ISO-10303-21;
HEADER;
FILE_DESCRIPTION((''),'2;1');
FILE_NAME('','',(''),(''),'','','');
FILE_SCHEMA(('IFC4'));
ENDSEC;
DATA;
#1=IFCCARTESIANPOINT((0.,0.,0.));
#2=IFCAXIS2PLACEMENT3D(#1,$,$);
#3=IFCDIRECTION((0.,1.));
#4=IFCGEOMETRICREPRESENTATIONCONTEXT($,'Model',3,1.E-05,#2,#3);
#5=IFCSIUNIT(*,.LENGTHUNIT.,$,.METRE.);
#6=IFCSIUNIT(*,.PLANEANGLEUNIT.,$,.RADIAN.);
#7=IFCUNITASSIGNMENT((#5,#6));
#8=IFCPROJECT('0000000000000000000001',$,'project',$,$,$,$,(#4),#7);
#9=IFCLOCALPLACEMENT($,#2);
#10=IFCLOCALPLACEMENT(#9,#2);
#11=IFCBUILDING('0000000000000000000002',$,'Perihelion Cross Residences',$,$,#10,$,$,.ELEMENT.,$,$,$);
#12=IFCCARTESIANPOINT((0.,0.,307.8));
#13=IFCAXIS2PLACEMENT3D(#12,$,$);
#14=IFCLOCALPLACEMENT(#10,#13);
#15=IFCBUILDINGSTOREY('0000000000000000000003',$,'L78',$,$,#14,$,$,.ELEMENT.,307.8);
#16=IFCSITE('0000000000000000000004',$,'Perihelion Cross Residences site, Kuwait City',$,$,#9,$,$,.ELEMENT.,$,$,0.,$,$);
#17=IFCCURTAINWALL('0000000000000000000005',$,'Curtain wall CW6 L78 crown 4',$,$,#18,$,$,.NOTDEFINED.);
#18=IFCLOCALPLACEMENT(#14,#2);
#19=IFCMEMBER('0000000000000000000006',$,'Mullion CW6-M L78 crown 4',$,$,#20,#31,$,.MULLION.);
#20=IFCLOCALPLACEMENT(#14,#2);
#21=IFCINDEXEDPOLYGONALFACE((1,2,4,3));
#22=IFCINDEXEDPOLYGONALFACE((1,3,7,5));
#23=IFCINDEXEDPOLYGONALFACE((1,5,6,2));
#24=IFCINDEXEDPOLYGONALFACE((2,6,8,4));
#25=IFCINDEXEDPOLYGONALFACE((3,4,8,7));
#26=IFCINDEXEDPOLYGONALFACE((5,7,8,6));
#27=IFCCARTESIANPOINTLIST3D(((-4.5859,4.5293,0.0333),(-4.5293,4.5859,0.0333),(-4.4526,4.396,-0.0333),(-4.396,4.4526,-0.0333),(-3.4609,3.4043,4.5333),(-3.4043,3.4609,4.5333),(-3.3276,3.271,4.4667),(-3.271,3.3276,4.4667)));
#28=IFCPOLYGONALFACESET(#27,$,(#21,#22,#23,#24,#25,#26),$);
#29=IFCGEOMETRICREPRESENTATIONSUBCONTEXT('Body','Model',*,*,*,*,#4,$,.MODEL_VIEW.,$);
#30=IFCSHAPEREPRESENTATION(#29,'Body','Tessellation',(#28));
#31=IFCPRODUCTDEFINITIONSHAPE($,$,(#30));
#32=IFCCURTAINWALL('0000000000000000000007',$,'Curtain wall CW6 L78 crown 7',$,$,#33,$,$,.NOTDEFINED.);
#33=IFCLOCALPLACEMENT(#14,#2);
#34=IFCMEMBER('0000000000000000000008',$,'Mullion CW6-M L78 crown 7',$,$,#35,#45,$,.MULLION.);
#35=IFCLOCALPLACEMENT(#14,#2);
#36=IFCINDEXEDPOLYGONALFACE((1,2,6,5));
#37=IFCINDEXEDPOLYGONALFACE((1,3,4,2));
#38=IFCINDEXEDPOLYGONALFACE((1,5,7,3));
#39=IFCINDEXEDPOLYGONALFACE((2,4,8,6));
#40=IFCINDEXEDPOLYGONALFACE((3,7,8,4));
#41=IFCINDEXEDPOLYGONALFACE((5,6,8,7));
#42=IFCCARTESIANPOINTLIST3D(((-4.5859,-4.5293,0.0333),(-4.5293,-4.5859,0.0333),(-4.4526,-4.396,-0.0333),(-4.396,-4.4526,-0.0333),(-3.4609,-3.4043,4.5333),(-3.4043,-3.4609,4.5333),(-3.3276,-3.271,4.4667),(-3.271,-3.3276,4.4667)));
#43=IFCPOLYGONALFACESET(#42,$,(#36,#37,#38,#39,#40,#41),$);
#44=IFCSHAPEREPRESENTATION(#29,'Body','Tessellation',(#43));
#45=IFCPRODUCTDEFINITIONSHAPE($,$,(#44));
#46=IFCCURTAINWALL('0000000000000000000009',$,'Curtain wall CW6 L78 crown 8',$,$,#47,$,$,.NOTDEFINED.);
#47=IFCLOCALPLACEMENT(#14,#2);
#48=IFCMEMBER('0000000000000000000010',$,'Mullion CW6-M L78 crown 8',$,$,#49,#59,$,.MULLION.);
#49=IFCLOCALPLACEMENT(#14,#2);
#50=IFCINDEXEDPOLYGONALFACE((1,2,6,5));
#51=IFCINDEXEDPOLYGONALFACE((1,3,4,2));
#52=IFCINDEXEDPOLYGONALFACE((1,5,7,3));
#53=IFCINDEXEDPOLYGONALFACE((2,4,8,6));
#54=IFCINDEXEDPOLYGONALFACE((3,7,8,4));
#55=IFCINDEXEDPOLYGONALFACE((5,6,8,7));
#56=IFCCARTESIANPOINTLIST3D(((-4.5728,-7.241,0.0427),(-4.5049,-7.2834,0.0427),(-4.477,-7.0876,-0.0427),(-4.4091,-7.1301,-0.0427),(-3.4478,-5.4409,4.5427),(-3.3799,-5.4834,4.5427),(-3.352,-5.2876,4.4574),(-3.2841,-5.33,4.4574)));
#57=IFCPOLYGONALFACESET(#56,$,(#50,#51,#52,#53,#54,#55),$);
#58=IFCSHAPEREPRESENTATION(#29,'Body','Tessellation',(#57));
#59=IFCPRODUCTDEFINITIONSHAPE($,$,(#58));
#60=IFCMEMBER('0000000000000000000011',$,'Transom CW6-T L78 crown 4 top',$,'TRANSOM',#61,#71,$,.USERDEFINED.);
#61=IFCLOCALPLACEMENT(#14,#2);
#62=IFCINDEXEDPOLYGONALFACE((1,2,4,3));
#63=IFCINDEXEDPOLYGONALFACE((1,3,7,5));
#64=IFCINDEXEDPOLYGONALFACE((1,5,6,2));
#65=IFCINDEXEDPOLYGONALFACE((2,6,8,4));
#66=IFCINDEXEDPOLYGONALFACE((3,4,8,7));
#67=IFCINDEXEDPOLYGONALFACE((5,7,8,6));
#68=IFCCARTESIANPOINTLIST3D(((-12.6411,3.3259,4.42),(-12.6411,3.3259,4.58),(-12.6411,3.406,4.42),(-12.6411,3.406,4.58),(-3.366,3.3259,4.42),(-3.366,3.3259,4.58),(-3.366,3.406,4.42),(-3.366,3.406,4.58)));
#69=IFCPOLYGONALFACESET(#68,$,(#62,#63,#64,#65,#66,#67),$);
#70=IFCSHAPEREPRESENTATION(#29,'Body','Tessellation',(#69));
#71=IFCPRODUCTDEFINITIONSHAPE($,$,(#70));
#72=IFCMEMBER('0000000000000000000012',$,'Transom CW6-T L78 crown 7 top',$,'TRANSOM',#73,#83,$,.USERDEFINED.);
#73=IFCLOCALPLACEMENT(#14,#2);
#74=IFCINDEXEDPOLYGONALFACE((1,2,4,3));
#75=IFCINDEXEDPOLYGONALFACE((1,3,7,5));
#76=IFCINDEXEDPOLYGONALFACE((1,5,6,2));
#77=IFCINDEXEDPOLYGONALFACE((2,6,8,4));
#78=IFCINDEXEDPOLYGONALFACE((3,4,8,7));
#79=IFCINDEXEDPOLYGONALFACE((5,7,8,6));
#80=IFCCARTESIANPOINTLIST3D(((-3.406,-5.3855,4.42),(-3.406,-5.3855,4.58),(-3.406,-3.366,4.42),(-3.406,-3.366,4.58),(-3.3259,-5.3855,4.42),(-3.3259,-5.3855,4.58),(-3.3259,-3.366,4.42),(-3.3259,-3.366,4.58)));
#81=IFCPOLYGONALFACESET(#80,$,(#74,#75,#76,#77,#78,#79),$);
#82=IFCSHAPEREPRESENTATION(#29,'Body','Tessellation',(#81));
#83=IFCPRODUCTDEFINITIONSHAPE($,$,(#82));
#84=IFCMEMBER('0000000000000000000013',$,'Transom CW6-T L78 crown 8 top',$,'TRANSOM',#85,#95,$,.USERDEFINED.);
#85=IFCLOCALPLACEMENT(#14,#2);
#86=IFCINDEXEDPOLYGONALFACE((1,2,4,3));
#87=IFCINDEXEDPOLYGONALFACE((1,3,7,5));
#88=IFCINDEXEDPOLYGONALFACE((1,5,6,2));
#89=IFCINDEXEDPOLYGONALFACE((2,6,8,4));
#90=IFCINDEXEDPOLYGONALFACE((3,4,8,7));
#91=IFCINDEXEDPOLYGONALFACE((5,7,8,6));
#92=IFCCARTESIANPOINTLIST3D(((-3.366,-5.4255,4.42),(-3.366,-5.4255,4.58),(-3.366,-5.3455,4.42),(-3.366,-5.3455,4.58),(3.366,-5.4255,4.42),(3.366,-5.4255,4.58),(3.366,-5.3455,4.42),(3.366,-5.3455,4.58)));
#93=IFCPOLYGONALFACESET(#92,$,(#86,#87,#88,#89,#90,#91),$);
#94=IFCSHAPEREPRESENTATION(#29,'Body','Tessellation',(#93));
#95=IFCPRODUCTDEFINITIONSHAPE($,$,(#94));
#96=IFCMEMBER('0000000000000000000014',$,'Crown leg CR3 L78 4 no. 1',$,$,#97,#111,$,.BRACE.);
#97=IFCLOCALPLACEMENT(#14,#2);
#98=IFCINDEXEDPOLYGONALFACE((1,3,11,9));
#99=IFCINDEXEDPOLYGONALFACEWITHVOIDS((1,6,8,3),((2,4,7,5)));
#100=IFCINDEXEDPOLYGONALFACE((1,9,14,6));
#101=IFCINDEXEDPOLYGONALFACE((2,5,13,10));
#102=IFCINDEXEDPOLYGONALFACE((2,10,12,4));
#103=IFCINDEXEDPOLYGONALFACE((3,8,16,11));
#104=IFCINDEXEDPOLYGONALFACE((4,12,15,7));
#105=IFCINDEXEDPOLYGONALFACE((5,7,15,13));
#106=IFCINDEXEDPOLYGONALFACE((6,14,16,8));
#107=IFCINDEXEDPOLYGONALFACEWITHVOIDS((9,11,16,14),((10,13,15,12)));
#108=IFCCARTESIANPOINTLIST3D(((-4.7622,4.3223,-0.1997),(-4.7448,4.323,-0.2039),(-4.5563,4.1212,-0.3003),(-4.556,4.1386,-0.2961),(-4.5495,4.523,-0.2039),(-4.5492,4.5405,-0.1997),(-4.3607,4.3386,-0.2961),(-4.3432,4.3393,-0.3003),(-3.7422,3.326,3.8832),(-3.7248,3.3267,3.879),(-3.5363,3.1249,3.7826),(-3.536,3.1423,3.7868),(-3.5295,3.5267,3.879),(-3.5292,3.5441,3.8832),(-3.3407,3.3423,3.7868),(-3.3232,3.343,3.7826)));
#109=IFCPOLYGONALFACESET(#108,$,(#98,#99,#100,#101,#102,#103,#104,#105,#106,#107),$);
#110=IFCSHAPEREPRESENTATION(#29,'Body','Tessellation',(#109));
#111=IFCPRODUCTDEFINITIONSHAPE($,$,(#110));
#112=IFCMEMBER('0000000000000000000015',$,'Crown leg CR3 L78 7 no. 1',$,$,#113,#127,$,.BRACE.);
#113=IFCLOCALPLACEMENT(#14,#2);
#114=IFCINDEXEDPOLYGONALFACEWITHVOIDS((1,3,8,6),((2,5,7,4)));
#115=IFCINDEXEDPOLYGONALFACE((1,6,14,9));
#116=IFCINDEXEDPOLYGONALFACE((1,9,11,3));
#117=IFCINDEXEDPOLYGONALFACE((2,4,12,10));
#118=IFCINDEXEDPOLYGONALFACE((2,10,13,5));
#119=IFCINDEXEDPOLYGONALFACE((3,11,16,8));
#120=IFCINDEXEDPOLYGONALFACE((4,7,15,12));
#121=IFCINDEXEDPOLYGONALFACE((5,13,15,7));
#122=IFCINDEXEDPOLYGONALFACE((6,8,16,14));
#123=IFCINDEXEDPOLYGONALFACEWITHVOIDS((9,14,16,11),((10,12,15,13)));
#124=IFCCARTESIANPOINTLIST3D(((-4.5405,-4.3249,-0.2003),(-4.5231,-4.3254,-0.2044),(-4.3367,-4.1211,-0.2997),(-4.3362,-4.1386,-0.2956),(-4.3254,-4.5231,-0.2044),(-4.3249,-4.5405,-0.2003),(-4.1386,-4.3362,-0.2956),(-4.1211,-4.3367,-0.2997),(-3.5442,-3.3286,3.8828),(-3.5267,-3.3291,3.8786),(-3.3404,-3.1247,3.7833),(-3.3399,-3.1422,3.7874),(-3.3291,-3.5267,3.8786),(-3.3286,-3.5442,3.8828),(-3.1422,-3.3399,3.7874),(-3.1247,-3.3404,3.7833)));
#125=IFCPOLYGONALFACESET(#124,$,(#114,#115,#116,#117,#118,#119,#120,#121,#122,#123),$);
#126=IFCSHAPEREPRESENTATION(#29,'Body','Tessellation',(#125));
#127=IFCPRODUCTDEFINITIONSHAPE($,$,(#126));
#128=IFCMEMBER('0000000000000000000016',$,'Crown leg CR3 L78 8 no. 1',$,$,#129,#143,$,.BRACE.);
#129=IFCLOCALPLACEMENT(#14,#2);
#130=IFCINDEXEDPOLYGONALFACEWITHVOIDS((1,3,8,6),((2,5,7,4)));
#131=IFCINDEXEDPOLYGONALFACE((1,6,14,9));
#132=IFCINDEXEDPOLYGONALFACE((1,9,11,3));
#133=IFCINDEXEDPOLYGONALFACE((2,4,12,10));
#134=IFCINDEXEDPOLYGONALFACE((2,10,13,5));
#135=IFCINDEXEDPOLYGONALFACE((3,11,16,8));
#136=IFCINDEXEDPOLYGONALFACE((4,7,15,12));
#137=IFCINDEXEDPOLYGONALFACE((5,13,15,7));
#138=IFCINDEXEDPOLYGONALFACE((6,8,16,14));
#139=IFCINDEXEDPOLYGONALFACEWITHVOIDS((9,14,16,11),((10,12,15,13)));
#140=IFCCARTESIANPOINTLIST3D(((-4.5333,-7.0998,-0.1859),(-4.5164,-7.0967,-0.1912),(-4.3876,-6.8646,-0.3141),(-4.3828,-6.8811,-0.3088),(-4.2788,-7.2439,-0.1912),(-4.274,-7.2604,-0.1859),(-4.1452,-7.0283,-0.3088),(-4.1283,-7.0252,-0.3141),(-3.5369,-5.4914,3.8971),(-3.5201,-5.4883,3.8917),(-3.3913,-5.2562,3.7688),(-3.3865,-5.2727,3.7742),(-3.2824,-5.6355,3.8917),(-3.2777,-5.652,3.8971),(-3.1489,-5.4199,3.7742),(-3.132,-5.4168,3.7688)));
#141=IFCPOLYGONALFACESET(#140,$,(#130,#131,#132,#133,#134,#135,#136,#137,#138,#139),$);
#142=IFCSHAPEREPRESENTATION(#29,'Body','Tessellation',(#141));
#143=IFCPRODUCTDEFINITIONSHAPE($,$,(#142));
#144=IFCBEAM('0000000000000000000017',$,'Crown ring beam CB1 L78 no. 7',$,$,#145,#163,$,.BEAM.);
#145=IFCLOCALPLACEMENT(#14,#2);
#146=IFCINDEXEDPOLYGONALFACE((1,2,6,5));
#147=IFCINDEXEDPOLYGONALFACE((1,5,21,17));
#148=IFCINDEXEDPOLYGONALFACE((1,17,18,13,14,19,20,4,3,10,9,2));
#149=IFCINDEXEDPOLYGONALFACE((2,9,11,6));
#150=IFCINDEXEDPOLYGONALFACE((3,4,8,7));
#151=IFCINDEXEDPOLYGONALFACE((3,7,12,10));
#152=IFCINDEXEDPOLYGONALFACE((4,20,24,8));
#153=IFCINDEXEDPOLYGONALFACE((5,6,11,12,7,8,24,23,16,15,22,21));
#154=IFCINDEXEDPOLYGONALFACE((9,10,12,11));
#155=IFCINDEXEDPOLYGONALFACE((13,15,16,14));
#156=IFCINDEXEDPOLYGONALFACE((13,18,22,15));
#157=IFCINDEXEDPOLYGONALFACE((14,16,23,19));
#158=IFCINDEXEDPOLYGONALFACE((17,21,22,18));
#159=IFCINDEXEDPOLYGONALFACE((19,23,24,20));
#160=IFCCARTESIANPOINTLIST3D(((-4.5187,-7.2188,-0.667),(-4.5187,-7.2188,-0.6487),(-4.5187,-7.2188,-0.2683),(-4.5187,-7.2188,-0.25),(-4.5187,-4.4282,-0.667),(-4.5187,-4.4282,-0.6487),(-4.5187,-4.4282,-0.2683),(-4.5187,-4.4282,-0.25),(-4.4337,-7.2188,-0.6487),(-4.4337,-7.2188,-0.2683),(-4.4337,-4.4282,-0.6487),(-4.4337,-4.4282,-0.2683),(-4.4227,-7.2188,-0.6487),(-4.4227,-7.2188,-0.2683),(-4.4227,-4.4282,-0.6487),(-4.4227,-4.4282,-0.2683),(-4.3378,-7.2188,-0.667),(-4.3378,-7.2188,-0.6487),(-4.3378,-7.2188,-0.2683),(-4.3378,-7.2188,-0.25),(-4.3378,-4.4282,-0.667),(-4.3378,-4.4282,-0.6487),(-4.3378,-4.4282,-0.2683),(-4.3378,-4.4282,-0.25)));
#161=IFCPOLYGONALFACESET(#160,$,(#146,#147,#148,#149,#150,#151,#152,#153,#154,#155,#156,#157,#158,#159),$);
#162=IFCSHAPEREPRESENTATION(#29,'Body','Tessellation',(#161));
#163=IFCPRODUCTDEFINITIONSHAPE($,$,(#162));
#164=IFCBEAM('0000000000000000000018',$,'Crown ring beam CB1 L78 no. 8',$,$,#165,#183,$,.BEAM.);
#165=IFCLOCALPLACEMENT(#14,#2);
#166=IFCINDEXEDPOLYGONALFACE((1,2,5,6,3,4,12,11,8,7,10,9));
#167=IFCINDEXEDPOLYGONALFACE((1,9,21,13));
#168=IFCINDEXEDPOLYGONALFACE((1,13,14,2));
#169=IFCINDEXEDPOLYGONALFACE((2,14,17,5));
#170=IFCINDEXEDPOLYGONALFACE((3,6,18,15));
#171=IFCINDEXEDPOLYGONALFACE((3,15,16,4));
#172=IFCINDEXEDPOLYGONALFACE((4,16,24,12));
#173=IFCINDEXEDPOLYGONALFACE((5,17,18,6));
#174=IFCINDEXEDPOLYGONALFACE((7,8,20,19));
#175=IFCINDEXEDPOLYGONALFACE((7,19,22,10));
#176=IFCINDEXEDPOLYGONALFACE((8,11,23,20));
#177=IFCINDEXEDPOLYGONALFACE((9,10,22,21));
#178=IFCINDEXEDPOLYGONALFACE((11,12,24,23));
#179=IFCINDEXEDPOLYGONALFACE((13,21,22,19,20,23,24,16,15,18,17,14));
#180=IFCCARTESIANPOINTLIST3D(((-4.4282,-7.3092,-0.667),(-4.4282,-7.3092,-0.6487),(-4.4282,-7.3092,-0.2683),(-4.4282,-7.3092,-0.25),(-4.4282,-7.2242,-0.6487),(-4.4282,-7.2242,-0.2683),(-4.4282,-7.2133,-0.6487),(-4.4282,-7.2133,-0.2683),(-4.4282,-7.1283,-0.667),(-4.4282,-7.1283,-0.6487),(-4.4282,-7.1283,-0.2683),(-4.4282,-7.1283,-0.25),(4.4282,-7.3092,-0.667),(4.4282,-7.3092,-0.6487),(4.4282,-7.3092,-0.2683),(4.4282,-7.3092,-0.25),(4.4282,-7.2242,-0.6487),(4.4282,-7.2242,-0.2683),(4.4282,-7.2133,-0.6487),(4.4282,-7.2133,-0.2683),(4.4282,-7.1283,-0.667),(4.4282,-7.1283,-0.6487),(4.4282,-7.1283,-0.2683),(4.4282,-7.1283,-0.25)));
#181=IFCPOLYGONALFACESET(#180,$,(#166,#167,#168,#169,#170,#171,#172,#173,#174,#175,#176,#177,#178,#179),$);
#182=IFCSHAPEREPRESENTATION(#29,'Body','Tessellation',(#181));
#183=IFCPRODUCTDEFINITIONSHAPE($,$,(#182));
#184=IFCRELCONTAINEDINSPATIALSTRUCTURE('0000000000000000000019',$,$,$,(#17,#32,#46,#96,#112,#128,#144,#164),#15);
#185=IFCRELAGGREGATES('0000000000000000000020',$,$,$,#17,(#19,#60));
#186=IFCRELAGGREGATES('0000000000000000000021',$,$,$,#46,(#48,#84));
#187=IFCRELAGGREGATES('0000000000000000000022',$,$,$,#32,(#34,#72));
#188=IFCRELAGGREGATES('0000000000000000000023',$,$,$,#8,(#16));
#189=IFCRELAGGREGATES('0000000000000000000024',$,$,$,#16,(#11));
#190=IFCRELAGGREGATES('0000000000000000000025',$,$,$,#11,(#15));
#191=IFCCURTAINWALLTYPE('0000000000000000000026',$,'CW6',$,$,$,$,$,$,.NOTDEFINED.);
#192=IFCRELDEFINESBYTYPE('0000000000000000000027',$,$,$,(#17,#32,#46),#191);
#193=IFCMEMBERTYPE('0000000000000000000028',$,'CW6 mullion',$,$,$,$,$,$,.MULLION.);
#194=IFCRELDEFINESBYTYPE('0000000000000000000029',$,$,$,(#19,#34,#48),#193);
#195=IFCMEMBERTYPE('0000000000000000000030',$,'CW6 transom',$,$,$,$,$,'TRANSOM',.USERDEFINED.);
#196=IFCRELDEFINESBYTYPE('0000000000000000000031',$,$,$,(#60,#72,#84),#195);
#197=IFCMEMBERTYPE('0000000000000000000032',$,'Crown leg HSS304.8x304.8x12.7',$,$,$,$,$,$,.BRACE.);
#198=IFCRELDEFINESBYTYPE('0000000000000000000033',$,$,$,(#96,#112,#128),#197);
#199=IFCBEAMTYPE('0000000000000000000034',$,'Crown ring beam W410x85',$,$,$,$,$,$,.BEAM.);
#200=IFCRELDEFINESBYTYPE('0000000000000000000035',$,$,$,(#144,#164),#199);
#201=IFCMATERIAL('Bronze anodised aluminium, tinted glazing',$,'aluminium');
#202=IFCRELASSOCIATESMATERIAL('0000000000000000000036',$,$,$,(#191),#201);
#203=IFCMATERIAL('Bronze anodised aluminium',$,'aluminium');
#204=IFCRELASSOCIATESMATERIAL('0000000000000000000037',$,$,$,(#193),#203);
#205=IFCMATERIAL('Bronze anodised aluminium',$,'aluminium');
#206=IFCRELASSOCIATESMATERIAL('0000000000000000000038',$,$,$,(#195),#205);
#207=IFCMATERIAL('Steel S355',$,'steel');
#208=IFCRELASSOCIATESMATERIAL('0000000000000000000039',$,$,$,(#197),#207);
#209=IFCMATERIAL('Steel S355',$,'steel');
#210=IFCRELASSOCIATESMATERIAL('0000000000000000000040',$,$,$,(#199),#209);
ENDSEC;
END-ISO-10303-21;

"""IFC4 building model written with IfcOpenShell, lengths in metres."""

from ifc_helpers import new_model, si_unit, direction, frame, origin, origin_2d, place, context, subcontext, project, spatial, rectangle, hollow_rectangle, i_section, extrude, material, material_profile, profile_set, type_object, element, aggregate, save


model = new_model("IFC4")

# Units and contexts
model_context = context("Model", 3, precision=1e-05, world=origin(), true_north=direction((0.0, 1.0)))
body_context = subcontext(model_context, "Body", "Model", "MODEL_VIEW")
ifc_project = project(units=[si_unit("LENGTHUNIT", "METRE"), si_unit("PLANEANGLEUNIT", "RADIAN")], contexts=[model_context])

# Site, building, storey
site_placement = place(None, origin())
site = spatial("IfcSite", under=ifc_project, at=site_placement, Name="Perihelion Cross Residences site, Kuwait City", CompositionType="ELEMENT", RefElevation=0.0)
building_placement = place(site_placement, origin())
building = spatial("IfcBuilding", under=site, at=building_placement, Name="Perihelion Cross Residences", CompositionType="ELEMENT")
storey_placement = place(building_placement, frame((0.0, 0.0, 307.8)))
storey = spatial("IfcBuildingStorey", under=building, at=storey_placement, Name="L78", CompositionType="ELEMENT", Elevation=307.8)

# Curtain walls, members
ifc_material_1 = material(Name="Bronze anodised aluminium, tinted glazing", Category="aluminium")
curtain_wall_type = type_object("IfcCurtainWallType", Name="CW6", PredefinedType="NOTDEFINED", material=ifc_material_1)
curtain_wall_1_placement = place(storey_placement, origin())
curtain_wall_1 = element("IfcCurtainWall", 1, at=curtain_wall_1_placement, inside=storey, type_object=curtain_wall_type, Name="Curtain wall CW6 L78 crown 4", PredefinedType="NOTDEFINED")
ifc_material_2 = material(Name="Bronze anodised aluminium", Category="aluminium")
ifc_material_profile_1 = material_profile(ifc_material_2, rectangle(XDim=0.0801, YDim=0.2, at=origin_2d()), Name="CW6 mullion")
ifc_profile_set_1 = profile_set([ifc_material_profile_1], Name="Bronze anodised aluminium")
member_type_1 = type_object("IfcMemberType", Name="CW6 mullion", PredefinedType="MULLION", material=ifc_profile_set_1)
member_1_placement = place(storey_placement, frame((-4.491, 4.491, 0.0), z_axis=(0.235702, -0.235702, 0.942809), x_axis=(0.707107, 0.707107, 0.0)))
member_1 = element("IfcMember", 2, at=member_1_placement, type_object=member_type_1, Name="Mullion CW6-M L78 crown 4", PredefinedType="MULLION", context=body_context, shape_type="SweptSolid", body=[
    extrude(rectangle(XDim=0.0801, YDim=0.2, at=origin_2d()), origin(), (0.0, 0.0, 1.0), 4.7729),
])
curtain_wall_2_placement = place(storey_placement, origin())
curtain_wall_2 = element("IfcCurtainWall", 3, at=curtain_wall_2_placement, inside=storey, type_object=curtain_wall_type, Name="Curtain wall CW6 L78 crown 7", PredefinedType="NOTDEFINED")
member_2_placement = place(storey_placement, frame((-4.491, -4.491, 0.0), z_axis=(0.235702, 0.235702, 0.942809), x_axis=(-0.707107, 0.707107, 0.0)))
member_2 = element("IfcMember", 4, at=member_2_placement, type_object=member_type_1, Name="Mullion CW6-M L78 crown 7", PredefinedType="MULLION", context=body_context, shape_type="SweptSolid", body=[
    extrude(rectangle(XDim=0.0801, YDim=0.2, at=origin_2d()), origin(), (0.0, 0.0, 1.0), 4.7729),
])
curtain_wall_3_placement = place(storey_placement, origin())
curtain_wall_3 = element("IfcCurtainWall", 5, at=curtain_wall_3_placement, inside=storey, type_object=curtain_wall_type, Name="Curtain wall CW6 L78 crown 8", PredefinedType="NOTDEFINED")
member_3_placement = place(storey_placement, frame((-4.491, -7.1855, 0.0), z_axis=(0.226107, 0.361781, 0.904428), x_axis=(-0.848005, 0.529989, 0.0)))
member_3 = element("IfcMember", 6, at=member_3_placement, type_object=member_type_1, Name="Mullion CW6-M L78 crown 8", PredefinedType="MULLION", context=body_context, shape_type="SweptSolid", body=[
    extrude(rectangle(XDim=0.0801, YDim=0.2, at=origin_2d()), origin(), (0.0, 0.0, 1.0), 4.9756),
])

# Members
ifc_material_3 = material(Name="Bronze anodised aluminium", Category="aluminium")
ifc_material_profile_2 = material_profile(ifc_material_3, rectangle(XDim=0.0801, YDim=0.1599, at=origin_2d()), Name="CW6 transom")
ifc_profile_set_2 = profile_set([ifc_material_profile_2], Name="Bronze anodised aluminium")
member_type_2 = type_object("IfcMemberType", Name="CW6 transom", ElementType="TRANSOM", PredefinedType="USERDEFINED", material=ifc_profile_set_2)
member_4_placement = place(storey_placement, frame((-3.366, 3.366, 4.5), z_axis=(-1.0, 0.0, 0.0), x_axis=(0.0, -1.0, 0.0)))
member_4 = element("IfcMember", 7, at=member_4_placement, type_object=member_type_2, Name="Transom CW6-T L78 crown 4 top", ObjectType="TRANSOM", PredefinedType="USERDEFINED", context=body_context, shape_type="SweptSolid", body=[
    extrude(rectangle(XDim=0.0801, YDim=0.1599, at=origin_2d()), origin(), (0.0, 0.0, 1.0), 9.2751),
])
aggregate(curtain_wall_1, [member_1, member_4])
member_5_placement = place(storey_placement, frame((-3.366, -3.366, 4.5), z_axis=(0.0, -1.0, 0.0), x_axis=(1.0, 0.0, 0.0)))
member_5 = element("IfcMember", 8, at=member_5_placement, type_object=member_type_2, Name="Transom CW6-T L78 crown 7 top", ObjectType="TRANSOM", PredefinedType="USERDEFINED", context=body_context, shape_type="SweptSolid", body=[
    extrude(rectangle(XDim=0.0801, YDim=0.1599, at=origin_2d()), origin(), (0.0, 0.0, 1.0), 2.0195),
])
member_6_placement = place(storey_placement, frame((-3.366, -5.3855, 4.5), z_axis=(1.0, 0.0, 0.0), x_axis=(0.0, 1.0, 0.0)))
member_6 = element("IfcMember", 9, at=member_6_placement, type_object=member_type_2, Name="Transom CW6-T L78 crown 8 top", ObjectType="TRANSOM", PredefinedType="USERDEFINED", context=body_context, shape_type="SweptSolid", body=[
    extrude(rectangle(XDim=0.0801, YDim=0.1599, at=origin_2d()), origin(), (0.0, 0.0, 1.0), 6.7319),
])
aggregate(curtain_wall_3, [member_3, member_6])

# Members
ifc_material_4 = material(Name="Steel S355", Category="steel")
ifc_material_profile_3 = material_profile(ifc_material_4, hollow_rectangle(XDim=0.3049, YDim=0.3049, WallThickness=0.0127, at=origin_2d()), Name="HSS304.8x304.8x12.7")
ifc_profile_set_3 = profile_set([ifc_material_profile_3], Name="Steel S355")
member_type_3 = type_object("IfcMemberType", Name="Crown leg HSS304.8x304.8x12.7", PredefinedType="BRACE", material=ifc_profile_set_3)
member_7_placement = place(storey_placement, frame((-4.5527, 4.3308, -0.25), z_axis=(0.235852, -0.230377, 0.944087), x_axis=(0.698754, 0.715362, 0.0)))
element("IfcMember", 10, at=member_7_placement, inside=storey, type_object=member_type_3, Name="Crown leg CR3 L78 4 no. 1", PredefinedType="BRACE", context=body_context, shape_type="SweptSolid", body=[
    extrude(hollow_rectangle(XDim=0.3049, YDim=0.3049, WallThickness=0.0127, at=origin_2d()), origin(), (0.0, 0.0, 1.0), 4.3247),
])
member_8_placement = place(storey_placement, frame((-4.3308, -4.3308, -0.25), z_axis=(0.230671, 0.230671, 0.945294), x_axis=(-0.707107, 0.707107, 0.0)))
element("IfcMember", 11, at=member_8_placement, inside=storey, type_object=member_type_3, Name="Crown leg CR3 L78 7 no. 1", PredefinedType="BRACE", context=body_context, shape_type="SweptSolid", body=[
    extrude(hollow_rectangle(XDim=0.3049, YDim=0.3049, WallThickness=0.0127, at=origin_2d()), origin(), (0.0, 0.0, 1.0), 4.3193),
])
member_9_placement = place(storey_placement, frame((-4.3308, -7.0625, -0.25), z_axis=(0.221405, 0.357417, 0.907322), x_axis=(-0.850108, 0.526608, 0.0)))
element("IfcMember", 12, at=member_9_placement, inside=storey, type_object=member_type_3, Name="Crown leg CR3 L78 8 no. 1", PredefinedType="BRACE", context=body_context, shape_type="SweptSolid", body=[
    extrude(hollow_rectangle(XDim=0.3049, YDim=0.3049, WallThickness=0.0127, at=origin_2d()), origin(), (0.0, 0.0, 1.0), 4.5),
])

# Beams
ifc_material_5 = material(Name="Steel S355", Category="steel")
ifc_material_profile_4 = material_profile(ifc_material_5, i_section(OverallWidth=0.1809, OverallDepth=0.417, WebThickness=0.011, FlangeThickness=0.0183, at=origin_2d()), Name="W410x85")
ifc_profile_set_4 = profile_set([ifc_material_profile_4], Name="Steel S355")
beam_type = type_object("IfcBeamType", Name="Crown ring beam W410x85", PredefinedType="BEAM", material=ifc_profile_set_4)
beam_1_placement = place(storey_placement, frame((-4.4282, -4.4282, -0.4585), z_axis=(0.0, -1.0, 0.0), x_axis=(1.0, 0.0, 0.0)))
element("IfcBeam", 13, at=beam_1_placement, inside=storey, type_object=beam_type, Name="Crown ring beam CB1 L78 no. 7", PredefinedType="BEAM", context=body_context, shape_type="SweptSolid", body=[
    extrude(i_section(OverallWidth=0.1809, OverallDepth=0.417, WebThickness=0.011, FlangeThickness=0.0183, at=origin_2d()), origin(), (0.0, 0.0, 1.0), 2.7905),
])
beam_2_placement = place(storey_placement, frame((-4.4282, -7.2188, -0.4585), z_axis=(1.0, 0.0, 0.0), x_axis=(0.0, 1.0, 0.0)))
element("IfcBeam", 14, at=beam_2_placement, inside=storey, type_object=beam_type, Name="Crown ring beam CB1 L78 no. 8", PredefinedType="BEAM", context=body_context, shape_type="SweptSolid", body=[
    extrude(i_section(OverallWidth=0.1809, OverallDepth=0.417, WebThickness=0.011, FlangeThickness=0.0183, at=origin_2d()), origin(), (0.0, 0.0, 1.0), 8.8564),
])

aggregate(curtain_wall_2, [member_2, member_5])

save(model, "model.ifc")
